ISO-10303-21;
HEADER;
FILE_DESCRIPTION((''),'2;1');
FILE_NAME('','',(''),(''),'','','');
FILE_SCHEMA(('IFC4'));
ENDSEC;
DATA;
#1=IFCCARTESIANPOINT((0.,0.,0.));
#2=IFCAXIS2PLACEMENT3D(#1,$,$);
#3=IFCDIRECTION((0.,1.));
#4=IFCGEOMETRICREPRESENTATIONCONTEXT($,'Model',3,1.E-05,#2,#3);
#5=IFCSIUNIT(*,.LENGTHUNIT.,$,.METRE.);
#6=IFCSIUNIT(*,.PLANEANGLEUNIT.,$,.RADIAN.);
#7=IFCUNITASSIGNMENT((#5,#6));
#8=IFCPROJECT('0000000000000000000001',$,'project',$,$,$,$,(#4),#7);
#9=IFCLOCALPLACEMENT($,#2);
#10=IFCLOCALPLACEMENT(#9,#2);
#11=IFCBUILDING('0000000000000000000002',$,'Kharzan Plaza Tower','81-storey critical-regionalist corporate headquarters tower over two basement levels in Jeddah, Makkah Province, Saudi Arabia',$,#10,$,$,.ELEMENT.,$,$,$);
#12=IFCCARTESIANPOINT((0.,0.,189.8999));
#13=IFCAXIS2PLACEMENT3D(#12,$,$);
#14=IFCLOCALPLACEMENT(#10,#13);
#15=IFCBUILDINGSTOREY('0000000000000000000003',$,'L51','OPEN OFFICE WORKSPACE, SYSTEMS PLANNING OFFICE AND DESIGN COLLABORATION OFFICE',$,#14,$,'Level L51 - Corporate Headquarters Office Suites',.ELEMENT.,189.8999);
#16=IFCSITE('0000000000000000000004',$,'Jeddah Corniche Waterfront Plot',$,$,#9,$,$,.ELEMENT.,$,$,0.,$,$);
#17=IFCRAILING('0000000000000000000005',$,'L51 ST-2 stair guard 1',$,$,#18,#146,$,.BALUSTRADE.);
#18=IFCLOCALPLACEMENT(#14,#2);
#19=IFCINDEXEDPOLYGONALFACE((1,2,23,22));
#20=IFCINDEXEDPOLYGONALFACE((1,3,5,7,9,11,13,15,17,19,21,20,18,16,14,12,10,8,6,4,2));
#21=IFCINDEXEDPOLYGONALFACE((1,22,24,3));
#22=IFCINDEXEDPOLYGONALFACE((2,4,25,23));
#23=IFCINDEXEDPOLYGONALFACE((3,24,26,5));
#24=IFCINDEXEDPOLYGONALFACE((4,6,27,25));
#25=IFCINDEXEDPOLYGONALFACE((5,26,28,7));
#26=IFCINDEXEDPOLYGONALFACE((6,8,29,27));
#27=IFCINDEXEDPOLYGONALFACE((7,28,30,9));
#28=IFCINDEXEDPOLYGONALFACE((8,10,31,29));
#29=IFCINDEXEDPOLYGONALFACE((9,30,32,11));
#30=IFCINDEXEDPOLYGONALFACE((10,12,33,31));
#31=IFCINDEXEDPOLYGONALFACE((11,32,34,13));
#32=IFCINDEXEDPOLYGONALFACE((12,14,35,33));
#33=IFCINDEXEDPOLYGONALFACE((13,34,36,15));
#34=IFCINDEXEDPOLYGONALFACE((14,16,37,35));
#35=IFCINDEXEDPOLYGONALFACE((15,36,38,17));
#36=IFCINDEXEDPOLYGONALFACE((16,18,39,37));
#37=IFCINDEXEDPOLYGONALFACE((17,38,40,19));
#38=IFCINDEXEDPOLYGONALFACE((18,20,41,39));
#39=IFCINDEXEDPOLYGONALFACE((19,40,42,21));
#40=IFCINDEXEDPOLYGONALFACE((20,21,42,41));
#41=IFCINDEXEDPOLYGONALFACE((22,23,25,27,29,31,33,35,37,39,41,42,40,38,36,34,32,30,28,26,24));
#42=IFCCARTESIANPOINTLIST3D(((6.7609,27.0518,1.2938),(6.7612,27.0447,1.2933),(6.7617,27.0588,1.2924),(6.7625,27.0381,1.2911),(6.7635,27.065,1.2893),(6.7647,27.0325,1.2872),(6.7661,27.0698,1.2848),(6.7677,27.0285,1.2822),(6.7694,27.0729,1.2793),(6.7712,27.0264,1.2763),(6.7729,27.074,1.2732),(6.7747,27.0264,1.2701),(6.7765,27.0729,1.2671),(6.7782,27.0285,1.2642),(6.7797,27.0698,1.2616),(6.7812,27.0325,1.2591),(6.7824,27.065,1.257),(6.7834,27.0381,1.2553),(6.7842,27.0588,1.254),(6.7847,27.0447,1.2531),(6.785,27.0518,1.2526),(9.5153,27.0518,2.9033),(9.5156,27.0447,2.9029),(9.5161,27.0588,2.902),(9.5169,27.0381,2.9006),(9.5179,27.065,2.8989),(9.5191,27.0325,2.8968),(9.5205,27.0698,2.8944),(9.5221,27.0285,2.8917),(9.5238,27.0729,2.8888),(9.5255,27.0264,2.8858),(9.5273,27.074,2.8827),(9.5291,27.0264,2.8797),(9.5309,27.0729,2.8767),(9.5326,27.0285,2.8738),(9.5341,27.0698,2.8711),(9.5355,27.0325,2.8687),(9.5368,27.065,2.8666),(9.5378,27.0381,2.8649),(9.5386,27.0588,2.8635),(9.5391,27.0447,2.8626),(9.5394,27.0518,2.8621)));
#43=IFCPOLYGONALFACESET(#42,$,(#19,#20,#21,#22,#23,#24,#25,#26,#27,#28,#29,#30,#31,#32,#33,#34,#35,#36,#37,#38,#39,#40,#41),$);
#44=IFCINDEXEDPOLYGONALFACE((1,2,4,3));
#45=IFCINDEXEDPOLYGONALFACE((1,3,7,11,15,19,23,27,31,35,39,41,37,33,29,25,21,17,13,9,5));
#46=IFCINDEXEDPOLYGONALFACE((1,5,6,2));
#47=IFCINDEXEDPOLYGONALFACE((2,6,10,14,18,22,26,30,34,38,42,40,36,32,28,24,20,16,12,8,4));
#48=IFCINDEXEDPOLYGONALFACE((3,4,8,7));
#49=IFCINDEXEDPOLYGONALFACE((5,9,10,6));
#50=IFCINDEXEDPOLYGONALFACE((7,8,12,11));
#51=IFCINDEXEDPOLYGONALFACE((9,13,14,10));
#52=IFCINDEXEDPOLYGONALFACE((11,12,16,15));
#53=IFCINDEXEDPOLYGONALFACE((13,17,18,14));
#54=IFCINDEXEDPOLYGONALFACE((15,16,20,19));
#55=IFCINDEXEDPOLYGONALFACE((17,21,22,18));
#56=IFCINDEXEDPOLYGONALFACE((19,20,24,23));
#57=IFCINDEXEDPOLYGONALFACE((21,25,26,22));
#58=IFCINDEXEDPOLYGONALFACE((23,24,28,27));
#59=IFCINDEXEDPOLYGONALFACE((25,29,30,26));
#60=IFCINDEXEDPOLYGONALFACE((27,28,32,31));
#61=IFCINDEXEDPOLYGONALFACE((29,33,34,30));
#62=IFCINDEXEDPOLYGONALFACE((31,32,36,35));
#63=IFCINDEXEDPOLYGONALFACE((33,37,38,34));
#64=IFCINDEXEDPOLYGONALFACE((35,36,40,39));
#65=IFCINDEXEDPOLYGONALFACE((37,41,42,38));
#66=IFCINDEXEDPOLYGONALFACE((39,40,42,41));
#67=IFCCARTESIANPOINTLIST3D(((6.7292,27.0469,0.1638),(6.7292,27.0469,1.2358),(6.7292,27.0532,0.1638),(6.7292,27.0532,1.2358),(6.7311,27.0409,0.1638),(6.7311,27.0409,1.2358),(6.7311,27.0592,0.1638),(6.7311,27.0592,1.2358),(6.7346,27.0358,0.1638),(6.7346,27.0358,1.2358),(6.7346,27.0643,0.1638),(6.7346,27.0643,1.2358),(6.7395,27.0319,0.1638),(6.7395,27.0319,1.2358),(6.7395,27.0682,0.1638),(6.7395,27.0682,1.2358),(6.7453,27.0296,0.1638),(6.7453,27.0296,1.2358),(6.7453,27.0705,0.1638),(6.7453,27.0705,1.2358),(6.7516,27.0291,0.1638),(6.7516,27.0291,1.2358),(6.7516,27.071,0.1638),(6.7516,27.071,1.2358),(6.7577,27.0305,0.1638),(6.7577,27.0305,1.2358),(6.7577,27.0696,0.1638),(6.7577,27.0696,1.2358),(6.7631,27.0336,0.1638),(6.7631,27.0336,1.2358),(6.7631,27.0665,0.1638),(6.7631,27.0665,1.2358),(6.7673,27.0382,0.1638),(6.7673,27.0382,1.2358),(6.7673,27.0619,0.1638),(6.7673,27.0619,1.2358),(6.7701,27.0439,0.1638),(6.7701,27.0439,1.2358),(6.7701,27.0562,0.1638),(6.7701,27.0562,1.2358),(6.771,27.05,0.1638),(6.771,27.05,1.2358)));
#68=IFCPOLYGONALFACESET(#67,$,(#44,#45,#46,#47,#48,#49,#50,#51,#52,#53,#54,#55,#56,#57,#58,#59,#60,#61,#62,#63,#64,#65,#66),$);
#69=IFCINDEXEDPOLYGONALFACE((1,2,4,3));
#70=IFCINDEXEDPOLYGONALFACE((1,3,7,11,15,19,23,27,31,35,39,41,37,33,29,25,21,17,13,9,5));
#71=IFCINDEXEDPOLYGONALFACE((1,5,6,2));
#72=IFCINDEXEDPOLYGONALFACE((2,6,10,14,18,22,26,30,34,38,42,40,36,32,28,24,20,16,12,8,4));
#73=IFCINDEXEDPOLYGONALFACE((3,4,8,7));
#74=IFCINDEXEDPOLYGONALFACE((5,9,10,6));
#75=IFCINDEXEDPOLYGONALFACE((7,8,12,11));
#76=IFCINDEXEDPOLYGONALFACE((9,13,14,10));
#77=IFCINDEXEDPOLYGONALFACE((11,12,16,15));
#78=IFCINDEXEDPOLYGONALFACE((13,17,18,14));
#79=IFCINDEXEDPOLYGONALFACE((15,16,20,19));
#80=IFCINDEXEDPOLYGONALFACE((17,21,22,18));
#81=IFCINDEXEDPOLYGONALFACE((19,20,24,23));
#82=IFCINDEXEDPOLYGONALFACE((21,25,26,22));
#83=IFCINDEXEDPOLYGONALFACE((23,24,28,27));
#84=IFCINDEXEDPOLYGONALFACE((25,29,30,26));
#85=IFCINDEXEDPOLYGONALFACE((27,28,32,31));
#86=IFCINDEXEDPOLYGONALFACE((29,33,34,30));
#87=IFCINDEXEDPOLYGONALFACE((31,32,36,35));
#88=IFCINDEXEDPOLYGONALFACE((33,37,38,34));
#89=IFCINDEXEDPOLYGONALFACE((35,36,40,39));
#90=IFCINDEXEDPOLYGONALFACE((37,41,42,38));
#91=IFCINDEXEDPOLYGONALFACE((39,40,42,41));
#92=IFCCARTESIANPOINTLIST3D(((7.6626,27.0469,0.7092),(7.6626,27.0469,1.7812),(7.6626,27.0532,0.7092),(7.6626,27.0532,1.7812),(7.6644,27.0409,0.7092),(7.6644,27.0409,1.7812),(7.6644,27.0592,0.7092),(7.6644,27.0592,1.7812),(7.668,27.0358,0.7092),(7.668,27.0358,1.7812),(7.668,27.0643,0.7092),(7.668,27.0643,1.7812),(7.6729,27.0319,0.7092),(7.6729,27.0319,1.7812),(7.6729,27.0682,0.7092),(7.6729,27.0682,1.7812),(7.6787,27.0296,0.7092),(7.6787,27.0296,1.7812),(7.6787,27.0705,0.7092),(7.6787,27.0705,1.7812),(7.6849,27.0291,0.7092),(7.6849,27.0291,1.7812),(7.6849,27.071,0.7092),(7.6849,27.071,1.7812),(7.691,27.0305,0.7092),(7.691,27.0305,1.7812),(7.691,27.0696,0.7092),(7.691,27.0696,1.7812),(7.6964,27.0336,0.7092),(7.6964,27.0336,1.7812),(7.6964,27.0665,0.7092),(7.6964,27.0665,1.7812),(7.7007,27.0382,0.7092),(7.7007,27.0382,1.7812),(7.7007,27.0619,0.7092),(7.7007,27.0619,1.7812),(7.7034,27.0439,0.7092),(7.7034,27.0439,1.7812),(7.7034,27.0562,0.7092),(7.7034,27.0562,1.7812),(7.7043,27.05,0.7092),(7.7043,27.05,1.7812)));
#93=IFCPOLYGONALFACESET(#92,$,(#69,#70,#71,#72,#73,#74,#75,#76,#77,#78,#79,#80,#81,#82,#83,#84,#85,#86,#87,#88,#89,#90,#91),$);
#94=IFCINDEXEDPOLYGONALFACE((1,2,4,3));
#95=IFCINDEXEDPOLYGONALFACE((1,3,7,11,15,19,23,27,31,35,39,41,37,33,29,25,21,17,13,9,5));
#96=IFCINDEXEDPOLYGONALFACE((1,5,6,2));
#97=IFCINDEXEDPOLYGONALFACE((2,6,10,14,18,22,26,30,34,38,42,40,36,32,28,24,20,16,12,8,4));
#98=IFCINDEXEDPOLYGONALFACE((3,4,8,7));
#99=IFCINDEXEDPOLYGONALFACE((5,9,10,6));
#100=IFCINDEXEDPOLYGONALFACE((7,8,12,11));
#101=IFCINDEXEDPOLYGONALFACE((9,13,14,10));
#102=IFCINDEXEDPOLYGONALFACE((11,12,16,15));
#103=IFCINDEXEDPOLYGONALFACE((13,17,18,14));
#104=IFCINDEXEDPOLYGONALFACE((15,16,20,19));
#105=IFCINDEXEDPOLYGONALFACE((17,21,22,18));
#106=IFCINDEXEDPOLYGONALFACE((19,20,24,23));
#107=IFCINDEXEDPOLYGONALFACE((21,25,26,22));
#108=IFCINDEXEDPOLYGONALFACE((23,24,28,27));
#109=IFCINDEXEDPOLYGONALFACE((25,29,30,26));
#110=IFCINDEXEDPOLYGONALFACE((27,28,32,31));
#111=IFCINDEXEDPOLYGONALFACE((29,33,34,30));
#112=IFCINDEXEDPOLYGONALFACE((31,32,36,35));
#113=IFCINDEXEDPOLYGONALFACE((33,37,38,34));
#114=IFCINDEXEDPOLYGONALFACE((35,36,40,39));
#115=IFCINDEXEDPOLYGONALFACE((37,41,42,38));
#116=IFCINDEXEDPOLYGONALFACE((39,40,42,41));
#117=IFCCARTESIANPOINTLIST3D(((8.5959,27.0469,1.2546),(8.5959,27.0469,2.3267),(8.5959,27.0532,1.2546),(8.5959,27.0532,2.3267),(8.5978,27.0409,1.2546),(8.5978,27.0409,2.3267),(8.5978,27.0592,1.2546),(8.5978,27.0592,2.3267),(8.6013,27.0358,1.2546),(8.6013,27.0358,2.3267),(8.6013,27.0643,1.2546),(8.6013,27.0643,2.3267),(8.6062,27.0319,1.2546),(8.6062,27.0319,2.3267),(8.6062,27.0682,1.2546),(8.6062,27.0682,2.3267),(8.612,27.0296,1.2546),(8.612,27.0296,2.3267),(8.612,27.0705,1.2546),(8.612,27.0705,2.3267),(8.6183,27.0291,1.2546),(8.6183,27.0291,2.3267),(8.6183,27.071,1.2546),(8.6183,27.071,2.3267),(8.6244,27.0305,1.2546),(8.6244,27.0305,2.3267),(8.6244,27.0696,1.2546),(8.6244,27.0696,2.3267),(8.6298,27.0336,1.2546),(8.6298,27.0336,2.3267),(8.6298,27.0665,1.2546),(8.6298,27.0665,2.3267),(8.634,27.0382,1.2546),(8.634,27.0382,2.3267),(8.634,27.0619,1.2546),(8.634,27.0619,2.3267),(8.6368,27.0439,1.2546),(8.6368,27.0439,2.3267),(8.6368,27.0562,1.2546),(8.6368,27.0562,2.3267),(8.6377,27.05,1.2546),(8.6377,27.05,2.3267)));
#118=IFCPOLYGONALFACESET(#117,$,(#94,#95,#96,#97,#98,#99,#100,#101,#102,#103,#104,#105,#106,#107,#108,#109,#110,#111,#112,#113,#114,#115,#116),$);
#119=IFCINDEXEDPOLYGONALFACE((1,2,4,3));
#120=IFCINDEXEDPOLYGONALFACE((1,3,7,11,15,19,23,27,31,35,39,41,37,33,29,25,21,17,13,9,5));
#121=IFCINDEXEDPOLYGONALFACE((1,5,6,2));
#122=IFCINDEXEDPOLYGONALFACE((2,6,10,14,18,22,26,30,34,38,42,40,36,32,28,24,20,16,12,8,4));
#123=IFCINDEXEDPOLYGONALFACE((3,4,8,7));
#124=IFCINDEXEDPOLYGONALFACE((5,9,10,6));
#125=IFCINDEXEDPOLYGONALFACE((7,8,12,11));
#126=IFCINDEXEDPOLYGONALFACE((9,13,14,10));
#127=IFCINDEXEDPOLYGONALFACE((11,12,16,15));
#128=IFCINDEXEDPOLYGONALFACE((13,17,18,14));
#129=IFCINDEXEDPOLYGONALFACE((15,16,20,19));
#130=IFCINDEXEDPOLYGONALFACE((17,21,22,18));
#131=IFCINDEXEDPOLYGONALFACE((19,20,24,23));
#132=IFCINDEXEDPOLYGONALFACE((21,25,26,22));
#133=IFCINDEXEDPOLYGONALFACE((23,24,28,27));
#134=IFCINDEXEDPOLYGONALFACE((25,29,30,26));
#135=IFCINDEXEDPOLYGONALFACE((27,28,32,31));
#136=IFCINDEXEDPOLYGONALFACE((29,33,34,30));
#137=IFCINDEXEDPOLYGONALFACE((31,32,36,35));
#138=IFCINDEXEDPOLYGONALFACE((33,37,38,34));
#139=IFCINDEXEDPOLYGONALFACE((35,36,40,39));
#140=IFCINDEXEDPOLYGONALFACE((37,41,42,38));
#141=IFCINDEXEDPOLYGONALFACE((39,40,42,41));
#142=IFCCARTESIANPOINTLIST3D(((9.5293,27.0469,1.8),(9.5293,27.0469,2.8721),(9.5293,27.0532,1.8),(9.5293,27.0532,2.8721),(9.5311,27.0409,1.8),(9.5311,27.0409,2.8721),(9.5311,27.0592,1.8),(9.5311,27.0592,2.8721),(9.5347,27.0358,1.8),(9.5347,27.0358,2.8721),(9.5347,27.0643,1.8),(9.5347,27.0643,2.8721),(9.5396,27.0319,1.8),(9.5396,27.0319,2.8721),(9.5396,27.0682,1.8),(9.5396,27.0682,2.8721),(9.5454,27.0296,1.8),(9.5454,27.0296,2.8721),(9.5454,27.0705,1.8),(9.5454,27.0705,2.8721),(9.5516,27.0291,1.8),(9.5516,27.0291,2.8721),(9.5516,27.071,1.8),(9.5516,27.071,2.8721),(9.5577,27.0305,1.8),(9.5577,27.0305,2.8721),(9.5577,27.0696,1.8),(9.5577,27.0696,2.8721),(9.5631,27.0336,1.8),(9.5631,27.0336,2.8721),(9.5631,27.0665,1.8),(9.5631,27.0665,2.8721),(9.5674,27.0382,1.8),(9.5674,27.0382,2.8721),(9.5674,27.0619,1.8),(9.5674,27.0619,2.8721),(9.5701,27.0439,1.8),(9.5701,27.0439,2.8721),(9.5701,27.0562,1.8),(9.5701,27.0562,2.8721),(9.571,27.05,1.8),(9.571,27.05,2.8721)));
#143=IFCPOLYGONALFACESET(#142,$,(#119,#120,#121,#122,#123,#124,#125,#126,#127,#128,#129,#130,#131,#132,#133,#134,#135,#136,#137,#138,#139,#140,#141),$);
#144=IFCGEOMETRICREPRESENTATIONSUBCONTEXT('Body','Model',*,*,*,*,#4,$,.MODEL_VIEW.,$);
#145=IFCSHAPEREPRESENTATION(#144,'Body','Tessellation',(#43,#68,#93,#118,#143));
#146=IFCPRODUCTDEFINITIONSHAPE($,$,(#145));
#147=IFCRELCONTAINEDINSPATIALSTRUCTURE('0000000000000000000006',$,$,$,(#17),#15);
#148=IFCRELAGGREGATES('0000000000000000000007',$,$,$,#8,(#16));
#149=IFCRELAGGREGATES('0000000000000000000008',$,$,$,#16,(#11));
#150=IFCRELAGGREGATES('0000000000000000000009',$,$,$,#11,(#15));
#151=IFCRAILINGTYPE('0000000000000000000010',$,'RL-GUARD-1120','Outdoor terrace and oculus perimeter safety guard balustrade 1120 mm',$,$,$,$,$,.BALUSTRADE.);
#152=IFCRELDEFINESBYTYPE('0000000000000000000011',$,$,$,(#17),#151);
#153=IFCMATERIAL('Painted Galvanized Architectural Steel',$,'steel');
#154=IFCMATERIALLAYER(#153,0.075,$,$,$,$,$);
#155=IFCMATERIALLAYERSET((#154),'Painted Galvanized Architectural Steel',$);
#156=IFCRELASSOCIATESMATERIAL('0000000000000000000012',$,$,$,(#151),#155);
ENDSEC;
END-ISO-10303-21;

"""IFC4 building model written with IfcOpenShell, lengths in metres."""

from ifc_helpers import new_model, si_unit, direction, frame, origin, origin_2d, place, context, subcontext, project, spatial, circle, extrude, source, transform, mapped, material, layer, layer_set, type_object, element, save


model = new_model("IFC4")

# Units and contexts
model_context = context("Model", 3, precision=1e-05, world=origin(), true_north=direction((0.0, 1.0)))
body_context = subcontext(model_context, "Body", "Model", "MODEL_VIEW")
ifc_project = project(units=[si_unit("LENGTHUNIT", "METRE"), si_unit("PLANEANGLEUNIT", "RADIAN")], contexts=[model_context])

# Site, building, storey
site_placement = place(None, origin())
site = spatial("IfcSite", under=ifc_project, at=site_placement, Name="Jeddah Corniche Waterfront Plot", CompositionType="ELEMENT", RefElevation=0.0)
building_placement = place(site_placement, origin())
building = spatial("IfcBuilding", under=site, at=building_placement, Name="Kharzan Plaza Tower", Description="81-storey critical-regionalist corporate headquarters tower over two basement levels in Jeddah, Makkah Province, Saudi Arabia", CompositionType="ELEMENT")
storey_placement = place(building_placement, frame((0.0, 0.0, 189.8999)))
storey = spatial("IfcBuildingStorey", under=building, at=storey_placement, Name="L51", Description="OPEN OFFICE WORKSPACE, SYSTEMS PLANNING OFFICE AND DESIGN COLLABORATION OFFICE", LongName="Level L51 - Corporate Headquarters Office Suites", CompositionType="ELEMENT", Elevation=189.8999)

# Railing
ifc_material_1 = material(Name="Painted Galvanized Architectural Steel", Category="steel")
ifc_layer_1 = layer(ifc_material_1, 0.075)
ifc_layer_set_1 = layer_set([ifc_layer_1], Name="Painted Galvanized Architectural Steel")
railing_type_1 = type_object("IfcRailingType", Name="RL-GUARD-1120", Description="Outdoor terrace and oculus perimeter safety guard balustrade 1120 mm", PredefinedType="BALUSTRADE", material=ifc_layer_set_1)
shared_shape_1 = source(origin(), body_context, "Body", "SweptSolid", [
    extrude(circle(Radius=0.0239, at=origin_2d()), frame((0.0229, 0.0, 1.1094), z_axis=(0.863394, 0.0, 0.504531), x_axis=(0.0, 1.0, 0.0)), (0.0, 0.0, 1.0), 3.1902),
    extrude(circle(Radius=0.021, at=origin_2d()), origin(), (0.0, 0.0, 1.0), 1.072),
    extrude(circle(Radius=0.021, at=origin_2d()), frame((0.9333, 0.0, 0.5454)), (0.0, 0.0, 1.0), 1.072),
    extrude(circle(Radius=0.021, at=origin_2d()), frame((1.8667, 0.0, 1.0908)), (0.0, 0.0, 1.0), 1.072),
    extrude(circle(Radius=0.021, at=origin_2d()), frame((2.8, 0.0, 1.6362)), (0.0, 0.0, 1.0), 1.072),
])
railing_1_placement = place(storey_placement, frame((6.75, 27.05, 0.1638)))
element("IfcRailing", 1, at=railing_1_placement, inside=storey, type_object=railing_type_1, Name="L51 ST-2 stair guard 1", PredefinedType="BALUSTRADE", context=body_context, shape_type="MappedRepresentation", body=[
    mapped(shared_shape_1, transform((0.0, 0.0, 0.0), x_axis=(1.0, 0.0, 0.0), y_axis=(0.0, 1.0, 0.0), z_axis=(0.0, 0.0, 1.0))),
])

save(model, "model.ifc")
